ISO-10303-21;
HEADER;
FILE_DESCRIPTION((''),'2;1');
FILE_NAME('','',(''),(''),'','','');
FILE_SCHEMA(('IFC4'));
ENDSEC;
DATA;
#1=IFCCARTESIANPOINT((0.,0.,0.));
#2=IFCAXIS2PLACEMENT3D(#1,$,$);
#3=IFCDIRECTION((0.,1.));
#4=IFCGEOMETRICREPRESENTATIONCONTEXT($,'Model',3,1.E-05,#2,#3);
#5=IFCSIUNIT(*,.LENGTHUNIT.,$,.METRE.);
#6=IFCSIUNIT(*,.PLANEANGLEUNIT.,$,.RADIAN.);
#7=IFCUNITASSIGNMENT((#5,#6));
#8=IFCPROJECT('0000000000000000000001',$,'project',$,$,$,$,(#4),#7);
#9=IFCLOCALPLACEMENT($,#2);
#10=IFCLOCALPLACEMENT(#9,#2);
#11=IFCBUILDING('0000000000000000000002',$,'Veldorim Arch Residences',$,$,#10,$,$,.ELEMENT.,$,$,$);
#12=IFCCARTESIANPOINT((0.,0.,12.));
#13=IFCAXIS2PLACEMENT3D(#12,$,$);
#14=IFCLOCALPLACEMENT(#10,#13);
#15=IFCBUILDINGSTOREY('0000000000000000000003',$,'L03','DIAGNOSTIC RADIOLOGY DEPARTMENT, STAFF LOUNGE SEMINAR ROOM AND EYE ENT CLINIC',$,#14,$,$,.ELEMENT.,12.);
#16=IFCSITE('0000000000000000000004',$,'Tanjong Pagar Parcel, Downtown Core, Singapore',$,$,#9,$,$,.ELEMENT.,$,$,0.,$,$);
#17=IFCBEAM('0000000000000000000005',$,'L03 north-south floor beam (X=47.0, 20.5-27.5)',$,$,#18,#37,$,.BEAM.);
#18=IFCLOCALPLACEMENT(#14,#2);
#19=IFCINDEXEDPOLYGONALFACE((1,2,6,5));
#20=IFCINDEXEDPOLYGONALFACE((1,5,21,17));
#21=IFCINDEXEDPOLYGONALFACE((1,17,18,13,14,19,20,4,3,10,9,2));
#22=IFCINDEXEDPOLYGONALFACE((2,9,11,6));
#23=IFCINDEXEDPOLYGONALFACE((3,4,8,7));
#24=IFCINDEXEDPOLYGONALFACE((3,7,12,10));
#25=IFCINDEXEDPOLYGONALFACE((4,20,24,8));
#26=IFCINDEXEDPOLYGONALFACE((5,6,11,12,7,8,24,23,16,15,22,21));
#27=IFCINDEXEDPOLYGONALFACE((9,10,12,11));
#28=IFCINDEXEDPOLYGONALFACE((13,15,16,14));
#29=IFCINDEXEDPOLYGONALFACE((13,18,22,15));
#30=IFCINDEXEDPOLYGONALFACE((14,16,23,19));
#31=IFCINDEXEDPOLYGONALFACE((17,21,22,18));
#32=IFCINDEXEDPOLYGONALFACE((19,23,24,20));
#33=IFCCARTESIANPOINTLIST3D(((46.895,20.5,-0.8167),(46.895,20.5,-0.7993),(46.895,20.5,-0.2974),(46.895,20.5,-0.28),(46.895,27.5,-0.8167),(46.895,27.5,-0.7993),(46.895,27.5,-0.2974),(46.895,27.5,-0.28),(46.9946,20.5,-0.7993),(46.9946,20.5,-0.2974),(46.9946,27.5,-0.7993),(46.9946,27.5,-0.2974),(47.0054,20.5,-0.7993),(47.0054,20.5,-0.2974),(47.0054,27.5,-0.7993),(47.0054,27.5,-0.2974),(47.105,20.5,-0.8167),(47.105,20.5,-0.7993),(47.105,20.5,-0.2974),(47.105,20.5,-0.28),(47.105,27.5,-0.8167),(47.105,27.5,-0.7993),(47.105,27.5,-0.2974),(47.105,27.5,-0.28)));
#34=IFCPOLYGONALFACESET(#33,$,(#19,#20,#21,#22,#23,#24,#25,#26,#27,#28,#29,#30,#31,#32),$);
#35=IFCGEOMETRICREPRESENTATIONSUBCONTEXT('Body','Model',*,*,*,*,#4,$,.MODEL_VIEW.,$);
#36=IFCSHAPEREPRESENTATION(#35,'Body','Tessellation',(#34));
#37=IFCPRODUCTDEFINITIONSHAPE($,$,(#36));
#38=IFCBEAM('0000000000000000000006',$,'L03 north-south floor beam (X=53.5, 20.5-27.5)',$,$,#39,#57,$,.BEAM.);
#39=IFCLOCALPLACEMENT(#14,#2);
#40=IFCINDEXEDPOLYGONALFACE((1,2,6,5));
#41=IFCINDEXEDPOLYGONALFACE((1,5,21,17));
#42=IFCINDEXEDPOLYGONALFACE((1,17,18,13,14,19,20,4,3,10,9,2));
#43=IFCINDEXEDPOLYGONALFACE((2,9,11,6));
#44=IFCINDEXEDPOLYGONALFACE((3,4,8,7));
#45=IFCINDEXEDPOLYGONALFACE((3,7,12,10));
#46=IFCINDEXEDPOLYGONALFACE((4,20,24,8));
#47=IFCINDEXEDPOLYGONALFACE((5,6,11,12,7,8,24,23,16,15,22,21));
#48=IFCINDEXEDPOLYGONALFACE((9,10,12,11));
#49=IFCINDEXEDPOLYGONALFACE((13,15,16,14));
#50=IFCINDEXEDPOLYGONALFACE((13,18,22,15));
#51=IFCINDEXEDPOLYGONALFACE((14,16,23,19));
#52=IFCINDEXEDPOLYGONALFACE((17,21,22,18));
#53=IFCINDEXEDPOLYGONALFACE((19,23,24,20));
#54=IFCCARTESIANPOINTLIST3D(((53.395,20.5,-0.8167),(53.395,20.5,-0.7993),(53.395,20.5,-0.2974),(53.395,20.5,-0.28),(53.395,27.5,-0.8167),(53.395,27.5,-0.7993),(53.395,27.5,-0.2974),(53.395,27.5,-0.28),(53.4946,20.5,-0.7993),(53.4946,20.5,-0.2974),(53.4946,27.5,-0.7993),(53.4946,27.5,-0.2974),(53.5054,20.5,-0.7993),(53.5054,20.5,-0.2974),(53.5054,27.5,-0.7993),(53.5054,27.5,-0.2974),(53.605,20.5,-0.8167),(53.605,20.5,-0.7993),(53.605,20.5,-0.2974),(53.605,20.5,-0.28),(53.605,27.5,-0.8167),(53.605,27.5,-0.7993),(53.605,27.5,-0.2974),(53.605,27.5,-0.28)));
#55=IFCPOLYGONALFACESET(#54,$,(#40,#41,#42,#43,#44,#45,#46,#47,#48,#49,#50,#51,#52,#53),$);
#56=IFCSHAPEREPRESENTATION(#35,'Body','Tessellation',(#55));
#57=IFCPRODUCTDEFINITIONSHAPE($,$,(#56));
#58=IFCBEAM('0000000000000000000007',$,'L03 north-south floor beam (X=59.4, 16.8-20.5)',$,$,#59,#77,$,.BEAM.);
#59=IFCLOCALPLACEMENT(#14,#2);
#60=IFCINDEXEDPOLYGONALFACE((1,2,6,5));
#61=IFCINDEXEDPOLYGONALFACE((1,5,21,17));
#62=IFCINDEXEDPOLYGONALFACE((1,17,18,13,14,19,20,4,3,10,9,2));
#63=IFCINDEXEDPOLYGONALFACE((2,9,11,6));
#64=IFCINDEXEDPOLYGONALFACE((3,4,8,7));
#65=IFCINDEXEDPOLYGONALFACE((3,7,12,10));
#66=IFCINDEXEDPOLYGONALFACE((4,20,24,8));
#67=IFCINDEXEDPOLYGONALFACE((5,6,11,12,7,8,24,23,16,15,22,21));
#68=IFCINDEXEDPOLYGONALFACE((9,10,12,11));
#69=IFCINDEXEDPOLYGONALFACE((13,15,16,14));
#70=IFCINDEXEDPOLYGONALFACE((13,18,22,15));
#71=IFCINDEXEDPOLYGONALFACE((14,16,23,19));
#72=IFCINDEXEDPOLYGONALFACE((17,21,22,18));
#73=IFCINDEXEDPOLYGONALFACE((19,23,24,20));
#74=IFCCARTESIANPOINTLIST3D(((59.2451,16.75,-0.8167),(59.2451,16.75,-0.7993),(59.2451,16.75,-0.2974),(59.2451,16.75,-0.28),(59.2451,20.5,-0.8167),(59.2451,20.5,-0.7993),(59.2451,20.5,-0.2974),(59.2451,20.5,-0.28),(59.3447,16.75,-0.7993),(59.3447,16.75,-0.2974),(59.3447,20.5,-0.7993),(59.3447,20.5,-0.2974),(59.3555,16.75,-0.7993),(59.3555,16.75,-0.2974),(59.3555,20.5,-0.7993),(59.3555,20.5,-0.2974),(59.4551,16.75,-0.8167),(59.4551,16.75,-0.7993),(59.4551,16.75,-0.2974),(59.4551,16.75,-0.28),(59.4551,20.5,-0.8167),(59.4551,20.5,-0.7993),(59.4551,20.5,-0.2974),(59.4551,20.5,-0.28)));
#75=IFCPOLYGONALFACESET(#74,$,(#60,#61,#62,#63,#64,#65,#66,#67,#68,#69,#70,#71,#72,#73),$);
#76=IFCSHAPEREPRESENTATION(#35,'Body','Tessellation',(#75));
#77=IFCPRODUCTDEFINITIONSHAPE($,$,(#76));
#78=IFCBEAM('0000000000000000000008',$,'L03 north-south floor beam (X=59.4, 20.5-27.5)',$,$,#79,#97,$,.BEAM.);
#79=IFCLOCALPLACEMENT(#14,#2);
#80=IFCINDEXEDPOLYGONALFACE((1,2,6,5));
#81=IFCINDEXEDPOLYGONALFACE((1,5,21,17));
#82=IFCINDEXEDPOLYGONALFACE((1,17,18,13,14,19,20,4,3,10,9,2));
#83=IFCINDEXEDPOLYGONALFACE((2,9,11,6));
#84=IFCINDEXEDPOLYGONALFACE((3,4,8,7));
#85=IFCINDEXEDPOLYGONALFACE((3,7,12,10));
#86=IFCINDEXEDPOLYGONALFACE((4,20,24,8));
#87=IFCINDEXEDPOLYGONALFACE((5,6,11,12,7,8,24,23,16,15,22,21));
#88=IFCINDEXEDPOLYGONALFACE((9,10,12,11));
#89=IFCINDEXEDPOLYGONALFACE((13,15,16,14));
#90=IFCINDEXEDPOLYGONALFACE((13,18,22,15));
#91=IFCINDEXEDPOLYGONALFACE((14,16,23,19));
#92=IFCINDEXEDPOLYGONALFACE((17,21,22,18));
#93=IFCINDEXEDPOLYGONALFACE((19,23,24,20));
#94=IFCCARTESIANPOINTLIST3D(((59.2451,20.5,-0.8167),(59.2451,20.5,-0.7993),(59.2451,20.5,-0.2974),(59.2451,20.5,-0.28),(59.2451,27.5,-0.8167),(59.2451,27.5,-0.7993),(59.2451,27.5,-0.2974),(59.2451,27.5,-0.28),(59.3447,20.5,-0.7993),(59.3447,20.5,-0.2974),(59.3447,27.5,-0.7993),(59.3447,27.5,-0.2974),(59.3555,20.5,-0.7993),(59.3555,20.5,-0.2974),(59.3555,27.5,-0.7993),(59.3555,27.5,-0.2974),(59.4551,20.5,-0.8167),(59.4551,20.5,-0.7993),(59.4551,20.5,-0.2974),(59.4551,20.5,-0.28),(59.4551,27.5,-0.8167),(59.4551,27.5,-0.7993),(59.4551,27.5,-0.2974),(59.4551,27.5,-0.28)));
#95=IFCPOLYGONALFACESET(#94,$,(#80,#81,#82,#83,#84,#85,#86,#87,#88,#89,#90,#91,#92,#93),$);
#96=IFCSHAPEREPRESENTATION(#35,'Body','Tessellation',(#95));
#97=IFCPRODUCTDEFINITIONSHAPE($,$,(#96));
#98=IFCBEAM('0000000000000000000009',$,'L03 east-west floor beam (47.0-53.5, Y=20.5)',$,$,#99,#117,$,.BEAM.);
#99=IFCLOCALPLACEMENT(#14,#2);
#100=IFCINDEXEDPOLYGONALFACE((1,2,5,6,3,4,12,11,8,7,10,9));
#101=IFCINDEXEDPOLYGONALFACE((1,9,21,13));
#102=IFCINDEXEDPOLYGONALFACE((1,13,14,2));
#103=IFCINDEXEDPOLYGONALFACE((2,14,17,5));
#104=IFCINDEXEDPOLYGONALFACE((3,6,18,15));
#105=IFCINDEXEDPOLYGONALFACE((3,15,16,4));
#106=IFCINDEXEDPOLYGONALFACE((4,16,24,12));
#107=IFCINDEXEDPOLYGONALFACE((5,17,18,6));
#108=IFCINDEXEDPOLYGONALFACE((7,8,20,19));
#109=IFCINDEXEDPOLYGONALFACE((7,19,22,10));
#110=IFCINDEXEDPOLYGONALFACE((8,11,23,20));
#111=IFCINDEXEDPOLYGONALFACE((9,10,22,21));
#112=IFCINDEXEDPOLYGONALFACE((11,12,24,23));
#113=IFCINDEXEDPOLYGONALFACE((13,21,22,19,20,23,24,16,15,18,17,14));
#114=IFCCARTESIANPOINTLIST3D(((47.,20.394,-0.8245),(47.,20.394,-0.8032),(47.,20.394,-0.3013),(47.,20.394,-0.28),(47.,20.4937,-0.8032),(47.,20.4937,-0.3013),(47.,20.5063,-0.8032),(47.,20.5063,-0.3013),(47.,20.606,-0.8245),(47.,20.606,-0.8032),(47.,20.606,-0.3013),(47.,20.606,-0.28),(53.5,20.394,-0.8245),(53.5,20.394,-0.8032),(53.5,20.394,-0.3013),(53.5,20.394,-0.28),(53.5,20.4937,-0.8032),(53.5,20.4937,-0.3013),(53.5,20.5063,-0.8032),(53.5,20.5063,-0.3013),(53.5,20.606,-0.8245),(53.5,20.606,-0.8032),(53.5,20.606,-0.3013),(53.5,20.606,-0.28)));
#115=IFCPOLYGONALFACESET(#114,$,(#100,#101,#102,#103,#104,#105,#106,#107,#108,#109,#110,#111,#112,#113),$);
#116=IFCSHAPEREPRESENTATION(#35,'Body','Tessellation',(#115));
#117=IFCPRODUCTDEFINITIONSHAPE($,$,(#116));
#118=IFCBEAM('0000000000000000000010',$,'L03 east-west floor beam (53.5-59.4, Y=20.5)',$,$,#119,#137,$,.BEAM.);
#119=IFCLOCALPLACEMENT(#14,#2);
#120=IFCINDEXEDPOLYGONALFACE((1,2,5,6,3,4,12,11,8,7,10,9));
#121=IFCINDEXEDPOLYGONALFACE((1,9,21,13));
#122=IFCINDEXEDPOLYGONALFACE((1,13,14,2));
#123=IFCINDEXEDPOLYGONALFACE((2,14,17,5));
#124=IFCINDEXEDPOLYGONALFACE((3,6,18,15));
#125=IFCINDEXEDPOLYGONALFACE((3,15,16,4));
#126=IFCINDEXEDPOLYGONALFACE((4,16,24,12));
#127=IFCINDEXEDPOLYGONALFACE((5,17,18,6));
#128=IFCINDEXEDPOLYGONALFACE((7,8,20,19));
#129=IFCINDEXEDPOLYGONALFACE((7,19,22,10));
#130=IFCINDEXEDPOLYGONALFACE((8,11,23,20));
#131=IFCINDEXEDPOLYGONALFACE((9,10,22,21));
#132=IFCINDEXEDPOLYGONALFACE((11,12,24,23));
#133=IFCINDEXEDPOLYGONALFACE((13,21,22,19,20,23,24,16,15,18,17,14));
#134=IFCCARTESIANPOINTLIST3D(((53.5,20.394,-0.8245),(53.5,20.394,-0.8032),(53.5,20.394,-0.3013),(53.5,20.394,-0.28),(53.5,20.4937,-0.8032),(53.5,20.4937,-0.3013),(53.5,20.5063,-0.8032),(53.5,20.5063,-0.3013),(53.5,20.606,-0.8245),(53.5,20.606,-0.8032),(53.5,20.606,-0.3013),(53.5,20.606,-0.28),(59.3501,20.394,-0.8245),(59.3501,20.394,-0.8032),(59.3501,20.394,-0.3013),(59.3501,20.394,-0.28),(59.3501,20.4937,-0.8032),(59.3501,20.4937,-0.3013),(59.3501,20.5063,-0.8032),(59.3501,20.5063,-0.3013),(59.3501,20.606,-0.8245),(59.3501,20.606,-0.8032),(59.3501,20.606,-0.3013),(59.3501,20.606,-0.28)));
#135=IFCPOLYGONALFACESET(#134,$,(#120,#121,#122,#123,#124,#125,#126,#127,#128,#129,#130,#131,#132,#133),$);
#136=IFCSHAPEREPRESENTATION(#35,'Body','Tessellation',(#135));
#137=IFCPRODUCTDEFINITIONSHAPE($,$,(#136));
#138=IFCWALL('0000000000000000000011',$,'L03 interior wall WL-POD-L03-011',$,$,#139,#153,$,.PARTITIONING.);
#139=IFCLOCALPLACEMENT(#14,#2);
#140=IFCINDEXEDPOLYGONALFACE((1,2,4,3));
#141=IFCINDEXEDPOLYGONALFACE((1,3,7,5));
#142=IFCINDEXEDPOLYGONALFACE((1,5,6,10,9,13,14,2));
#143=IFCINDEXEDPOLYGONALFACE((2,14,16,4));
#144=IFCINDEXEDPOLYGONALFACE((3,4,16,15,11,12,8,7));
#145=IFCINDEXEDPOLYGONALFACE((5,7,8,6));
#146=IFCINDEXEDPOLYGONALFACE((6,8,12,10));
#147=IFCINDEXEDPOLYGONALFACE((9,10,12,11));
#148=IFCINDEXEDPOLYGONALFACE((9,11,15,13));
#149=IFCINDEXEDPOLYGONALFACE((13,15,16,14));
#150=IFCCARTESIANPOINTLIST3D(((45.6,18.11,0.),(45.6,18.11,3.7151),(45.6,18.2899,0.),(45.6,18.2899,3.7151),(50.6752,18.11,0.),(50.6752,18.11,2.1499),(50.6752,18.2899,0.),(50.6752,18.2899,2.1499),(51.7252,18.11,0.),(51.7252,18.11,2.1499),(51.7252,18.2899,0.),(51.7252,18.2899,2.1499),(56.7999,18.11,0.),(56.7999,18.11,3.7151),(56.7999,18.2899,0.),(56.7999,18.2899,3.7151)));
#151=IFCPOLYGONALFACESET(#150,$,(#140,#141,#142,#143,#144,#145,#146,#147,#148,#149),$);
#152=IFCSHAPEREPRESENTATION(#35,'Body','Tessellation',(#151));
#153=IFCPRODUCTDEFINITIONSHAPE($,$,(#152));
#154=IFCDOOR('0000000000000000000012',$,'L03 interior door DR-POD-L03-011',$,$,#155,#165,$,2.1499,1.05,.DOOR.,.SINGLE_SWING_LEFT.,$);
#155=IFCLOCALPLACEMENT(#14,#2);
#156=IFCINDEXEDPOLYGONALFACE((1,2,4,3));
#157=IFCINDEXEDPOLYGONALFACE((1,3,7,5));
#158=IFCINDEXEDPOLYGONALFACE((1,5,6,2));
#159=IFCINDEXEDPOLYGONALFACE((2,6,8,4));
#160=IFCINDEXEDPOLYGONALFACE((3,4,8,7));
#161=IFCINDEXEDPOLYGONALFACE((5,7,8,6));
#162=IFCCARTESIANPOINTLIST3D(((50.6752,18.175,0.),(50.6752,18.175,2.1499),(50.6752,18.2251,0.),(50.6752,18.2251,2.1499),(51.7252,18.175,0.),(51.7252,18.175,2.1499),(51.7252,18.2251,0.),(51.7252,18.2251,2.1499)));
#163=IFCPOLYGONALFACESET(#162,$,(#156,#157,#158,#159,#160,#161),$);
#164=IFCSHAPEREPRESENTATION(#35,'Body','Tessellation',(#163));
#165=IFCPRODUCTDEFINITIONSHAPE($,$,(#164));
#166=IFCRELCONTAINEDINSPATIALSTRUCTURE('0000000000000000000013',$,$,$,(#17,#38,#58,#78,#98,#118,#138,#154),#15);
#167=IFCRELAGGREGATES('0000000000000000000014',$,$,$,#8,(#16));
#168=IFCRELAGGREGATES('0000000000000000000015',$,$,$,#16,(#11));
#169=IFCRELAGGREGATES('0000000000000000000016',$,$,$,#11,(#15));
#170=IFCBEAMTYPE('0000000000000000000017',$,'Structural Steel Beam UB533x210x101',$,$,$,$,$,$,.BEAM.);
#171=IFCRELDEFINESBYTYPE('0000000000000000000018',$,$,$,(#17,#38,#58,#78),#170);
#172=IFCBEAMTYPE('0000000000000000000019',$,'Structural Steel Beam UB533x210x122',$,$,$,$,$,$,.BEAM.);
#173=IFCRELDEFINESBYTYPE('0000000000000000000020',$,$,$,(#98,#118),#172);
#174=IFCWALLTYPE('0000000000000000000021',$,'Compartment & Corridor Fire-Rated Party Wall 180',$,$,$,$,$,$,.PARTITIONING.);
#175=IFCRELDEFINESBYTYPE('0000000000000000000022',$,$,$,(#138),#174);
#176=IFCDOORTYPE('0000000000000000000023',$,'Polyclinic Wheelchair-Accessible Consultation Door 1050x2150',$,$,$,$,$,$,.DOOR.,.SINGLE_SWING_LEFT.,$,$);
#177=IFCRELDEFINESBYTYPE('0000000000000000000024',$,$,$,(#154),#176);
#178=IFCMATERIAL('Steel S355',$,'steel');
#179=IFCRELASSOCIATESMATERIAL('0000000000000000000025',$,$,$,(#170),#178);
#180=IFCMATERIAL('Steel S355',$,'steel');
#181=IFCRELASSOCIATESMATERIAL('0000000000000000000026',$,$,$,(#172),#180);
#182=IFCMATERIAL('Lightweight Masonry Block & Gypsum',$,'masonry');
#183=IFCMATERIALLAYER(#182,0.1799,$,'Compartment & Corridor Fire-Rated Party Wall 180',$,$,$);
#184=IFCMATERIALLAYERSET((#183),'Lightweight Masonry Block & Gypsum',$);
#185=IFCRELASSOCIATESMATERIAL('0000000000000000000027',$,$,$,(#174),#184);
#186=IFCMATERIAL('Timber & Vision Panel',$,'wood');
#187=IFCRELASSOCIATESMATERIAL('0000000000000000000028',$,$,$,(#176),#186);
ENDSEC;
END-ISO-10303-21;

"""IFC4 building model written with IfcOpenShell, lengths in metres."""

from ifc_helpers import new_model, si_unit, direction, frame, frame_2d, origin, origin_2d, place, context, subcontext, project, spatial, rectangle, i_section, extrude, material, layer, layer_set, material_profile, profile_set, type_object, element, fill, save


model = new_model("IFC4")

# Units and contexts
model_context = context("Model", 3, precision=1e-05, world=origin(), true_north=direction((0.0, 1.0)))
body_context = subcontext(model_context, "Body", "Model", "MODEL_VIEW")
ifc_project = project(units=[si_unit("LENGTHUNIT", "METRE"), si_unit("PLANEANGLEUNIT", "RADIAN")], contexts=[model_context])

# Site, building, storey
site_placement = place(None, origin())
site = spatial("IfcSite", under=ifc_project, at=site_placement, Name="Tanjong Pagar Parcel, Downtown Core, Singapore", CompositionType="ELEMENT", RefElevation=0.0)
building_placement = place(site_placement, origin())
building = spatial("IfcBuilding", under=site, at=building_placement, Name="Veldorim Arch Residences", CompositionType="ELEMENT")
storey_placement = place(building_placement, frame((0.0, 0.0, 12.0)))
storey = spatial("IfcBuildingStorey", under=building, at=storey_placement, Name="L03", Description="DIAGNOSTIC RADIOLOGY DEPARTMENT, STAFF LOUNGE SEMINAR ROOM AND EYE ENT CLINIC", CompositionType="ELEMENT", Elevation=12.0)

# Beams
ifc_material_1 = material(Name="Steel S355", Category="steel")
ifc_material_profile_1 = material_profile(ifc_material_1, i_section(OverallWidth=0.21, OverallDepth=0.5366, WebThickness=0.0107, FlangeThickness=0.0173, at=origin_2d()), Name="UB533x210x101")
ifc_profile_set_1 = profile_set([ifc_material_profile_1], Name="Steel S355")
beam_type_1 = type_object("IfcBeamType", Name="Structural Steel Beam UB533x210x101", PredefinedType="BEAM", material=ifc_profile_set_1)
for number, where, z_axis, x_axis, name in (
    (1, (47.0, 20.5, -0.5483), (0.0, 1.0, 0.0), (-1.0, 0.0, 0.0), "L03 north-south floor beam (X=47.0, 20.5-27.5)"),
    (2, (53.5, 20.5, -0.5483), (0.0, 1.0, 0.0), (-1.0, 0.0, 0.0), "L03 north-south floor beam (X=53.5, 20.5-27.5)"),
):
    element("IfcBeam", number, at=place(storey_placement, frame(where, z_axis=z_axis, x_axis=x_axis)), inside=storey, type_object=beam_type_1, Name=name, PredefinedType="BEAM", context=body_context, shape_type="SweptSolid", body=[
        extrude(i_section(OverallWidth=0.21, OverallDepth=0.5366, WebThickness=0.0107, FlangeThickness=0.0173, at=origin_2d()), origin(), (0.0, 0.0, 1.0), 7.0),
    ])
beam_1_placement = place(storey_placement, frame((59.3501, 16.75, -0.5483), z_axis=(0.0, 1.0, 0.0), x_axis=(-1.0, 0.0, 0.0)))
element("IfcBeam", 3, at=beam_1_placement, inside=storey, type_object=beam_type_1, Name="L03 north-south floor beam (X=59.4, 16.8-20.5)", PredefinedType="BEAM", context=body_context, shape_type="SweptSolid", body=[
    extrude(i_section(OverallWidth=0.21, OverallDepth=0.5366, WebThickness=0.0107, FlangeThickness=0.0173, at=origin_2d()), origin(), (0.0, 0.0, 1.0), 3.75),
])
beam_2_placement = place(storey_placement, frame((59.3501, 20.5, -0.5483), z_axis=(0.0, 1.0, 0.0), x_axis=(-1.0, 0.0, 0.0)))
element("IfcBeam", 4, at=beam_2_placement, inside=storey, type_object=beam_type_1, Name="L03 north-south floor beam (X=59.4, 20.5-27.5)", PredefinedType="BEAM", context=body_context, shape_type="SweptSolid", body=[
    extrude(i_section(OverallWidth=0.21, OverallDepth=0.5366, WebThickness=0.0107, FlangeThickness=0.0173, at=origin_2d()), origin(), (0.0, 0.0, 1.0), 7.0),
])
ifc_material_2 = material(Name="Steel S355", Category="steel")
ifc_material_profile_2 = material_profile(ifc_material_2, i_section(OverallWidth=0.2119, OverallDepth=0.5444, WebThickness=0.0127, FlangeThickness=0.0212, at=origin_2d()), Name="UB533x210x122")
ifc_profile_set_2 = profile_set([ifc_material_profile_2], Name="Steel S355")
beam_type_2 = type_object("IfcBeamType", Name="Structural Steel Beam UB533x210x122", PredefinedType="BEAM", material=ifc_profile_set_2)
beam_3_placement = place(storey_placement, frame((47.0, 20.5, -0.5522), z_axis=(1.0, 0.0, 0.0), x_axis=(0.0, 1.0, 0.0)))
element("IfcBeam", 5, at=beam_3_placement, inside=storey, type_object=beam_type_2, Name="L03 east-west floor beam (47.0-53.5, Y=20.5)", PredefinedType="BEAM", context=body_context, shape_type="SweptSolid", body=[
    extrude(i_section(OverallWidth=0.2119, OverallDepth=0.5444, WebThickness=0.0127, FlangeThickness=0.0212, at=origin_2d()), origin(), (0.0, 0.0, 1.0), 6.5),
])
beam_4_placement = place(storey_placement, frame((53.5, 20.5, -0.5522), z_axis=(1.0, 0.0, 0.0), x_axis=(0.0, 1.0, 0.0)))
element("IfcBeam", 6, at=beam_4_placement, inside=storey, type_object=beam_type_2, Name="L03 east-west floor beam (53.5-59.4, Y=20.5)", PredefinedType="BEAM", context=body_context, shape_type="SweptSolid", body=[
    extrude(i_section(OverallWidth=0.2119, OverallDepth=0.5444, WebThickness=0.0127, FlangeThickness=0.0212, at=origin_2d()), origin(), (0.0, 0.0, 1.0), 5.8501),
])

# Wall, opening, door
ifc_material_3 = material(Name="Lightweight Masonry Block & Gypsum", Category="masonry")
ifc_layer_1 = layer(ifc_material_3, 0.1799, Name="Compartment & Corridor Fire-Rated Party Wall 180")
ifc_layer_set_1 = layer_set([ifc_layer_1], Name="Lightweight Masonry Block & Gypsum")
wall_type_1 = type_object("IfcWallType", Name="Compartment & Corridor Fire-Rated Party Wall 180", PredefinedType="PARTITIONING", material=ifc_layer_set_1)
wall_1_placement = place(storey_placement, frame((56.8, 18.2, 0.0), z_axis=(0.0, 0.0, 1.0), x_axis=(-1.0, 0.0, 0.0)))
wall_1 = element("IfcWall", 7, at=wall_1_placement, inside=storey, type_object=wall_type_1, Name="L03 interior wall WL-POD-L03-011", PredefinedType="PARTITIONING", context=body_context, shape_type="SweptSolid", body=[
    extrude(rectangle(XDim=11.2, YDim=0.1799, at=frame_2d((5.6001, 0.0))), origin(), (0.0, 0.0, 1.0), 3.7151),
])
opening_1_placement = place(wall_1_placement, frame((5.075, 0.0, 0.0)))
opening_1 = element("IfcOpeningElement", 8, at=opening_1_placement, cuts=wall_1, PredefinedType="OPENING", context=body_context, shape_type="SweptSolid", body=[
    extrude(rectangle(XDim=1.05, YDim=2.1499, at=frame_2d((0.5249, 1.075))), frame((0.0, 0.0999, 0.0), z_axis=(0.0, -1.0, 0.0), x_axis=(1.0, 0.0, 0.0)), (0.0, 0.0, 1.0), 0.2),
])
ifc_material_4 = material(Name="Timber & Vision Panel", Category="wood")
door_type_1 = type_object("IfcDoorType", Name="Polyclinic Wheelchair-Accessible Consultation Door 1050x2150", OperationType="SINGLE_SWING_LEFT", PredefinedType="DOOR", material=ifc_material_4)
door_1_placement = place(opening_1_placement, origin())
door_1 = element("IfcDoor", 9, at=door_1_placement, inside=storey, type_object=door_type_1, Name="L03 interior door DR-POD-L03-011", OperationType="SINGLE_SWING_LEFT", OverallHeight=2.1499, OverallWidth=1.05, PredefinedType="DOOR", context=body_context, shape_type="SweptSolid", body=[
    extrude(rectangle(XDim=1.05, YDim=2.1499, at=frame_2d((0.5249, 1.075))), frame((0.0, 0.0249, 0.0), z_axis=(0.0, -1.0, 0.0), x_axis=(1.0, 0.0, 0.0)), (0.0, 0.0, 1.0), 0.05),
])
fill(opening_1, door_1)

save(model, "model.ifc")
